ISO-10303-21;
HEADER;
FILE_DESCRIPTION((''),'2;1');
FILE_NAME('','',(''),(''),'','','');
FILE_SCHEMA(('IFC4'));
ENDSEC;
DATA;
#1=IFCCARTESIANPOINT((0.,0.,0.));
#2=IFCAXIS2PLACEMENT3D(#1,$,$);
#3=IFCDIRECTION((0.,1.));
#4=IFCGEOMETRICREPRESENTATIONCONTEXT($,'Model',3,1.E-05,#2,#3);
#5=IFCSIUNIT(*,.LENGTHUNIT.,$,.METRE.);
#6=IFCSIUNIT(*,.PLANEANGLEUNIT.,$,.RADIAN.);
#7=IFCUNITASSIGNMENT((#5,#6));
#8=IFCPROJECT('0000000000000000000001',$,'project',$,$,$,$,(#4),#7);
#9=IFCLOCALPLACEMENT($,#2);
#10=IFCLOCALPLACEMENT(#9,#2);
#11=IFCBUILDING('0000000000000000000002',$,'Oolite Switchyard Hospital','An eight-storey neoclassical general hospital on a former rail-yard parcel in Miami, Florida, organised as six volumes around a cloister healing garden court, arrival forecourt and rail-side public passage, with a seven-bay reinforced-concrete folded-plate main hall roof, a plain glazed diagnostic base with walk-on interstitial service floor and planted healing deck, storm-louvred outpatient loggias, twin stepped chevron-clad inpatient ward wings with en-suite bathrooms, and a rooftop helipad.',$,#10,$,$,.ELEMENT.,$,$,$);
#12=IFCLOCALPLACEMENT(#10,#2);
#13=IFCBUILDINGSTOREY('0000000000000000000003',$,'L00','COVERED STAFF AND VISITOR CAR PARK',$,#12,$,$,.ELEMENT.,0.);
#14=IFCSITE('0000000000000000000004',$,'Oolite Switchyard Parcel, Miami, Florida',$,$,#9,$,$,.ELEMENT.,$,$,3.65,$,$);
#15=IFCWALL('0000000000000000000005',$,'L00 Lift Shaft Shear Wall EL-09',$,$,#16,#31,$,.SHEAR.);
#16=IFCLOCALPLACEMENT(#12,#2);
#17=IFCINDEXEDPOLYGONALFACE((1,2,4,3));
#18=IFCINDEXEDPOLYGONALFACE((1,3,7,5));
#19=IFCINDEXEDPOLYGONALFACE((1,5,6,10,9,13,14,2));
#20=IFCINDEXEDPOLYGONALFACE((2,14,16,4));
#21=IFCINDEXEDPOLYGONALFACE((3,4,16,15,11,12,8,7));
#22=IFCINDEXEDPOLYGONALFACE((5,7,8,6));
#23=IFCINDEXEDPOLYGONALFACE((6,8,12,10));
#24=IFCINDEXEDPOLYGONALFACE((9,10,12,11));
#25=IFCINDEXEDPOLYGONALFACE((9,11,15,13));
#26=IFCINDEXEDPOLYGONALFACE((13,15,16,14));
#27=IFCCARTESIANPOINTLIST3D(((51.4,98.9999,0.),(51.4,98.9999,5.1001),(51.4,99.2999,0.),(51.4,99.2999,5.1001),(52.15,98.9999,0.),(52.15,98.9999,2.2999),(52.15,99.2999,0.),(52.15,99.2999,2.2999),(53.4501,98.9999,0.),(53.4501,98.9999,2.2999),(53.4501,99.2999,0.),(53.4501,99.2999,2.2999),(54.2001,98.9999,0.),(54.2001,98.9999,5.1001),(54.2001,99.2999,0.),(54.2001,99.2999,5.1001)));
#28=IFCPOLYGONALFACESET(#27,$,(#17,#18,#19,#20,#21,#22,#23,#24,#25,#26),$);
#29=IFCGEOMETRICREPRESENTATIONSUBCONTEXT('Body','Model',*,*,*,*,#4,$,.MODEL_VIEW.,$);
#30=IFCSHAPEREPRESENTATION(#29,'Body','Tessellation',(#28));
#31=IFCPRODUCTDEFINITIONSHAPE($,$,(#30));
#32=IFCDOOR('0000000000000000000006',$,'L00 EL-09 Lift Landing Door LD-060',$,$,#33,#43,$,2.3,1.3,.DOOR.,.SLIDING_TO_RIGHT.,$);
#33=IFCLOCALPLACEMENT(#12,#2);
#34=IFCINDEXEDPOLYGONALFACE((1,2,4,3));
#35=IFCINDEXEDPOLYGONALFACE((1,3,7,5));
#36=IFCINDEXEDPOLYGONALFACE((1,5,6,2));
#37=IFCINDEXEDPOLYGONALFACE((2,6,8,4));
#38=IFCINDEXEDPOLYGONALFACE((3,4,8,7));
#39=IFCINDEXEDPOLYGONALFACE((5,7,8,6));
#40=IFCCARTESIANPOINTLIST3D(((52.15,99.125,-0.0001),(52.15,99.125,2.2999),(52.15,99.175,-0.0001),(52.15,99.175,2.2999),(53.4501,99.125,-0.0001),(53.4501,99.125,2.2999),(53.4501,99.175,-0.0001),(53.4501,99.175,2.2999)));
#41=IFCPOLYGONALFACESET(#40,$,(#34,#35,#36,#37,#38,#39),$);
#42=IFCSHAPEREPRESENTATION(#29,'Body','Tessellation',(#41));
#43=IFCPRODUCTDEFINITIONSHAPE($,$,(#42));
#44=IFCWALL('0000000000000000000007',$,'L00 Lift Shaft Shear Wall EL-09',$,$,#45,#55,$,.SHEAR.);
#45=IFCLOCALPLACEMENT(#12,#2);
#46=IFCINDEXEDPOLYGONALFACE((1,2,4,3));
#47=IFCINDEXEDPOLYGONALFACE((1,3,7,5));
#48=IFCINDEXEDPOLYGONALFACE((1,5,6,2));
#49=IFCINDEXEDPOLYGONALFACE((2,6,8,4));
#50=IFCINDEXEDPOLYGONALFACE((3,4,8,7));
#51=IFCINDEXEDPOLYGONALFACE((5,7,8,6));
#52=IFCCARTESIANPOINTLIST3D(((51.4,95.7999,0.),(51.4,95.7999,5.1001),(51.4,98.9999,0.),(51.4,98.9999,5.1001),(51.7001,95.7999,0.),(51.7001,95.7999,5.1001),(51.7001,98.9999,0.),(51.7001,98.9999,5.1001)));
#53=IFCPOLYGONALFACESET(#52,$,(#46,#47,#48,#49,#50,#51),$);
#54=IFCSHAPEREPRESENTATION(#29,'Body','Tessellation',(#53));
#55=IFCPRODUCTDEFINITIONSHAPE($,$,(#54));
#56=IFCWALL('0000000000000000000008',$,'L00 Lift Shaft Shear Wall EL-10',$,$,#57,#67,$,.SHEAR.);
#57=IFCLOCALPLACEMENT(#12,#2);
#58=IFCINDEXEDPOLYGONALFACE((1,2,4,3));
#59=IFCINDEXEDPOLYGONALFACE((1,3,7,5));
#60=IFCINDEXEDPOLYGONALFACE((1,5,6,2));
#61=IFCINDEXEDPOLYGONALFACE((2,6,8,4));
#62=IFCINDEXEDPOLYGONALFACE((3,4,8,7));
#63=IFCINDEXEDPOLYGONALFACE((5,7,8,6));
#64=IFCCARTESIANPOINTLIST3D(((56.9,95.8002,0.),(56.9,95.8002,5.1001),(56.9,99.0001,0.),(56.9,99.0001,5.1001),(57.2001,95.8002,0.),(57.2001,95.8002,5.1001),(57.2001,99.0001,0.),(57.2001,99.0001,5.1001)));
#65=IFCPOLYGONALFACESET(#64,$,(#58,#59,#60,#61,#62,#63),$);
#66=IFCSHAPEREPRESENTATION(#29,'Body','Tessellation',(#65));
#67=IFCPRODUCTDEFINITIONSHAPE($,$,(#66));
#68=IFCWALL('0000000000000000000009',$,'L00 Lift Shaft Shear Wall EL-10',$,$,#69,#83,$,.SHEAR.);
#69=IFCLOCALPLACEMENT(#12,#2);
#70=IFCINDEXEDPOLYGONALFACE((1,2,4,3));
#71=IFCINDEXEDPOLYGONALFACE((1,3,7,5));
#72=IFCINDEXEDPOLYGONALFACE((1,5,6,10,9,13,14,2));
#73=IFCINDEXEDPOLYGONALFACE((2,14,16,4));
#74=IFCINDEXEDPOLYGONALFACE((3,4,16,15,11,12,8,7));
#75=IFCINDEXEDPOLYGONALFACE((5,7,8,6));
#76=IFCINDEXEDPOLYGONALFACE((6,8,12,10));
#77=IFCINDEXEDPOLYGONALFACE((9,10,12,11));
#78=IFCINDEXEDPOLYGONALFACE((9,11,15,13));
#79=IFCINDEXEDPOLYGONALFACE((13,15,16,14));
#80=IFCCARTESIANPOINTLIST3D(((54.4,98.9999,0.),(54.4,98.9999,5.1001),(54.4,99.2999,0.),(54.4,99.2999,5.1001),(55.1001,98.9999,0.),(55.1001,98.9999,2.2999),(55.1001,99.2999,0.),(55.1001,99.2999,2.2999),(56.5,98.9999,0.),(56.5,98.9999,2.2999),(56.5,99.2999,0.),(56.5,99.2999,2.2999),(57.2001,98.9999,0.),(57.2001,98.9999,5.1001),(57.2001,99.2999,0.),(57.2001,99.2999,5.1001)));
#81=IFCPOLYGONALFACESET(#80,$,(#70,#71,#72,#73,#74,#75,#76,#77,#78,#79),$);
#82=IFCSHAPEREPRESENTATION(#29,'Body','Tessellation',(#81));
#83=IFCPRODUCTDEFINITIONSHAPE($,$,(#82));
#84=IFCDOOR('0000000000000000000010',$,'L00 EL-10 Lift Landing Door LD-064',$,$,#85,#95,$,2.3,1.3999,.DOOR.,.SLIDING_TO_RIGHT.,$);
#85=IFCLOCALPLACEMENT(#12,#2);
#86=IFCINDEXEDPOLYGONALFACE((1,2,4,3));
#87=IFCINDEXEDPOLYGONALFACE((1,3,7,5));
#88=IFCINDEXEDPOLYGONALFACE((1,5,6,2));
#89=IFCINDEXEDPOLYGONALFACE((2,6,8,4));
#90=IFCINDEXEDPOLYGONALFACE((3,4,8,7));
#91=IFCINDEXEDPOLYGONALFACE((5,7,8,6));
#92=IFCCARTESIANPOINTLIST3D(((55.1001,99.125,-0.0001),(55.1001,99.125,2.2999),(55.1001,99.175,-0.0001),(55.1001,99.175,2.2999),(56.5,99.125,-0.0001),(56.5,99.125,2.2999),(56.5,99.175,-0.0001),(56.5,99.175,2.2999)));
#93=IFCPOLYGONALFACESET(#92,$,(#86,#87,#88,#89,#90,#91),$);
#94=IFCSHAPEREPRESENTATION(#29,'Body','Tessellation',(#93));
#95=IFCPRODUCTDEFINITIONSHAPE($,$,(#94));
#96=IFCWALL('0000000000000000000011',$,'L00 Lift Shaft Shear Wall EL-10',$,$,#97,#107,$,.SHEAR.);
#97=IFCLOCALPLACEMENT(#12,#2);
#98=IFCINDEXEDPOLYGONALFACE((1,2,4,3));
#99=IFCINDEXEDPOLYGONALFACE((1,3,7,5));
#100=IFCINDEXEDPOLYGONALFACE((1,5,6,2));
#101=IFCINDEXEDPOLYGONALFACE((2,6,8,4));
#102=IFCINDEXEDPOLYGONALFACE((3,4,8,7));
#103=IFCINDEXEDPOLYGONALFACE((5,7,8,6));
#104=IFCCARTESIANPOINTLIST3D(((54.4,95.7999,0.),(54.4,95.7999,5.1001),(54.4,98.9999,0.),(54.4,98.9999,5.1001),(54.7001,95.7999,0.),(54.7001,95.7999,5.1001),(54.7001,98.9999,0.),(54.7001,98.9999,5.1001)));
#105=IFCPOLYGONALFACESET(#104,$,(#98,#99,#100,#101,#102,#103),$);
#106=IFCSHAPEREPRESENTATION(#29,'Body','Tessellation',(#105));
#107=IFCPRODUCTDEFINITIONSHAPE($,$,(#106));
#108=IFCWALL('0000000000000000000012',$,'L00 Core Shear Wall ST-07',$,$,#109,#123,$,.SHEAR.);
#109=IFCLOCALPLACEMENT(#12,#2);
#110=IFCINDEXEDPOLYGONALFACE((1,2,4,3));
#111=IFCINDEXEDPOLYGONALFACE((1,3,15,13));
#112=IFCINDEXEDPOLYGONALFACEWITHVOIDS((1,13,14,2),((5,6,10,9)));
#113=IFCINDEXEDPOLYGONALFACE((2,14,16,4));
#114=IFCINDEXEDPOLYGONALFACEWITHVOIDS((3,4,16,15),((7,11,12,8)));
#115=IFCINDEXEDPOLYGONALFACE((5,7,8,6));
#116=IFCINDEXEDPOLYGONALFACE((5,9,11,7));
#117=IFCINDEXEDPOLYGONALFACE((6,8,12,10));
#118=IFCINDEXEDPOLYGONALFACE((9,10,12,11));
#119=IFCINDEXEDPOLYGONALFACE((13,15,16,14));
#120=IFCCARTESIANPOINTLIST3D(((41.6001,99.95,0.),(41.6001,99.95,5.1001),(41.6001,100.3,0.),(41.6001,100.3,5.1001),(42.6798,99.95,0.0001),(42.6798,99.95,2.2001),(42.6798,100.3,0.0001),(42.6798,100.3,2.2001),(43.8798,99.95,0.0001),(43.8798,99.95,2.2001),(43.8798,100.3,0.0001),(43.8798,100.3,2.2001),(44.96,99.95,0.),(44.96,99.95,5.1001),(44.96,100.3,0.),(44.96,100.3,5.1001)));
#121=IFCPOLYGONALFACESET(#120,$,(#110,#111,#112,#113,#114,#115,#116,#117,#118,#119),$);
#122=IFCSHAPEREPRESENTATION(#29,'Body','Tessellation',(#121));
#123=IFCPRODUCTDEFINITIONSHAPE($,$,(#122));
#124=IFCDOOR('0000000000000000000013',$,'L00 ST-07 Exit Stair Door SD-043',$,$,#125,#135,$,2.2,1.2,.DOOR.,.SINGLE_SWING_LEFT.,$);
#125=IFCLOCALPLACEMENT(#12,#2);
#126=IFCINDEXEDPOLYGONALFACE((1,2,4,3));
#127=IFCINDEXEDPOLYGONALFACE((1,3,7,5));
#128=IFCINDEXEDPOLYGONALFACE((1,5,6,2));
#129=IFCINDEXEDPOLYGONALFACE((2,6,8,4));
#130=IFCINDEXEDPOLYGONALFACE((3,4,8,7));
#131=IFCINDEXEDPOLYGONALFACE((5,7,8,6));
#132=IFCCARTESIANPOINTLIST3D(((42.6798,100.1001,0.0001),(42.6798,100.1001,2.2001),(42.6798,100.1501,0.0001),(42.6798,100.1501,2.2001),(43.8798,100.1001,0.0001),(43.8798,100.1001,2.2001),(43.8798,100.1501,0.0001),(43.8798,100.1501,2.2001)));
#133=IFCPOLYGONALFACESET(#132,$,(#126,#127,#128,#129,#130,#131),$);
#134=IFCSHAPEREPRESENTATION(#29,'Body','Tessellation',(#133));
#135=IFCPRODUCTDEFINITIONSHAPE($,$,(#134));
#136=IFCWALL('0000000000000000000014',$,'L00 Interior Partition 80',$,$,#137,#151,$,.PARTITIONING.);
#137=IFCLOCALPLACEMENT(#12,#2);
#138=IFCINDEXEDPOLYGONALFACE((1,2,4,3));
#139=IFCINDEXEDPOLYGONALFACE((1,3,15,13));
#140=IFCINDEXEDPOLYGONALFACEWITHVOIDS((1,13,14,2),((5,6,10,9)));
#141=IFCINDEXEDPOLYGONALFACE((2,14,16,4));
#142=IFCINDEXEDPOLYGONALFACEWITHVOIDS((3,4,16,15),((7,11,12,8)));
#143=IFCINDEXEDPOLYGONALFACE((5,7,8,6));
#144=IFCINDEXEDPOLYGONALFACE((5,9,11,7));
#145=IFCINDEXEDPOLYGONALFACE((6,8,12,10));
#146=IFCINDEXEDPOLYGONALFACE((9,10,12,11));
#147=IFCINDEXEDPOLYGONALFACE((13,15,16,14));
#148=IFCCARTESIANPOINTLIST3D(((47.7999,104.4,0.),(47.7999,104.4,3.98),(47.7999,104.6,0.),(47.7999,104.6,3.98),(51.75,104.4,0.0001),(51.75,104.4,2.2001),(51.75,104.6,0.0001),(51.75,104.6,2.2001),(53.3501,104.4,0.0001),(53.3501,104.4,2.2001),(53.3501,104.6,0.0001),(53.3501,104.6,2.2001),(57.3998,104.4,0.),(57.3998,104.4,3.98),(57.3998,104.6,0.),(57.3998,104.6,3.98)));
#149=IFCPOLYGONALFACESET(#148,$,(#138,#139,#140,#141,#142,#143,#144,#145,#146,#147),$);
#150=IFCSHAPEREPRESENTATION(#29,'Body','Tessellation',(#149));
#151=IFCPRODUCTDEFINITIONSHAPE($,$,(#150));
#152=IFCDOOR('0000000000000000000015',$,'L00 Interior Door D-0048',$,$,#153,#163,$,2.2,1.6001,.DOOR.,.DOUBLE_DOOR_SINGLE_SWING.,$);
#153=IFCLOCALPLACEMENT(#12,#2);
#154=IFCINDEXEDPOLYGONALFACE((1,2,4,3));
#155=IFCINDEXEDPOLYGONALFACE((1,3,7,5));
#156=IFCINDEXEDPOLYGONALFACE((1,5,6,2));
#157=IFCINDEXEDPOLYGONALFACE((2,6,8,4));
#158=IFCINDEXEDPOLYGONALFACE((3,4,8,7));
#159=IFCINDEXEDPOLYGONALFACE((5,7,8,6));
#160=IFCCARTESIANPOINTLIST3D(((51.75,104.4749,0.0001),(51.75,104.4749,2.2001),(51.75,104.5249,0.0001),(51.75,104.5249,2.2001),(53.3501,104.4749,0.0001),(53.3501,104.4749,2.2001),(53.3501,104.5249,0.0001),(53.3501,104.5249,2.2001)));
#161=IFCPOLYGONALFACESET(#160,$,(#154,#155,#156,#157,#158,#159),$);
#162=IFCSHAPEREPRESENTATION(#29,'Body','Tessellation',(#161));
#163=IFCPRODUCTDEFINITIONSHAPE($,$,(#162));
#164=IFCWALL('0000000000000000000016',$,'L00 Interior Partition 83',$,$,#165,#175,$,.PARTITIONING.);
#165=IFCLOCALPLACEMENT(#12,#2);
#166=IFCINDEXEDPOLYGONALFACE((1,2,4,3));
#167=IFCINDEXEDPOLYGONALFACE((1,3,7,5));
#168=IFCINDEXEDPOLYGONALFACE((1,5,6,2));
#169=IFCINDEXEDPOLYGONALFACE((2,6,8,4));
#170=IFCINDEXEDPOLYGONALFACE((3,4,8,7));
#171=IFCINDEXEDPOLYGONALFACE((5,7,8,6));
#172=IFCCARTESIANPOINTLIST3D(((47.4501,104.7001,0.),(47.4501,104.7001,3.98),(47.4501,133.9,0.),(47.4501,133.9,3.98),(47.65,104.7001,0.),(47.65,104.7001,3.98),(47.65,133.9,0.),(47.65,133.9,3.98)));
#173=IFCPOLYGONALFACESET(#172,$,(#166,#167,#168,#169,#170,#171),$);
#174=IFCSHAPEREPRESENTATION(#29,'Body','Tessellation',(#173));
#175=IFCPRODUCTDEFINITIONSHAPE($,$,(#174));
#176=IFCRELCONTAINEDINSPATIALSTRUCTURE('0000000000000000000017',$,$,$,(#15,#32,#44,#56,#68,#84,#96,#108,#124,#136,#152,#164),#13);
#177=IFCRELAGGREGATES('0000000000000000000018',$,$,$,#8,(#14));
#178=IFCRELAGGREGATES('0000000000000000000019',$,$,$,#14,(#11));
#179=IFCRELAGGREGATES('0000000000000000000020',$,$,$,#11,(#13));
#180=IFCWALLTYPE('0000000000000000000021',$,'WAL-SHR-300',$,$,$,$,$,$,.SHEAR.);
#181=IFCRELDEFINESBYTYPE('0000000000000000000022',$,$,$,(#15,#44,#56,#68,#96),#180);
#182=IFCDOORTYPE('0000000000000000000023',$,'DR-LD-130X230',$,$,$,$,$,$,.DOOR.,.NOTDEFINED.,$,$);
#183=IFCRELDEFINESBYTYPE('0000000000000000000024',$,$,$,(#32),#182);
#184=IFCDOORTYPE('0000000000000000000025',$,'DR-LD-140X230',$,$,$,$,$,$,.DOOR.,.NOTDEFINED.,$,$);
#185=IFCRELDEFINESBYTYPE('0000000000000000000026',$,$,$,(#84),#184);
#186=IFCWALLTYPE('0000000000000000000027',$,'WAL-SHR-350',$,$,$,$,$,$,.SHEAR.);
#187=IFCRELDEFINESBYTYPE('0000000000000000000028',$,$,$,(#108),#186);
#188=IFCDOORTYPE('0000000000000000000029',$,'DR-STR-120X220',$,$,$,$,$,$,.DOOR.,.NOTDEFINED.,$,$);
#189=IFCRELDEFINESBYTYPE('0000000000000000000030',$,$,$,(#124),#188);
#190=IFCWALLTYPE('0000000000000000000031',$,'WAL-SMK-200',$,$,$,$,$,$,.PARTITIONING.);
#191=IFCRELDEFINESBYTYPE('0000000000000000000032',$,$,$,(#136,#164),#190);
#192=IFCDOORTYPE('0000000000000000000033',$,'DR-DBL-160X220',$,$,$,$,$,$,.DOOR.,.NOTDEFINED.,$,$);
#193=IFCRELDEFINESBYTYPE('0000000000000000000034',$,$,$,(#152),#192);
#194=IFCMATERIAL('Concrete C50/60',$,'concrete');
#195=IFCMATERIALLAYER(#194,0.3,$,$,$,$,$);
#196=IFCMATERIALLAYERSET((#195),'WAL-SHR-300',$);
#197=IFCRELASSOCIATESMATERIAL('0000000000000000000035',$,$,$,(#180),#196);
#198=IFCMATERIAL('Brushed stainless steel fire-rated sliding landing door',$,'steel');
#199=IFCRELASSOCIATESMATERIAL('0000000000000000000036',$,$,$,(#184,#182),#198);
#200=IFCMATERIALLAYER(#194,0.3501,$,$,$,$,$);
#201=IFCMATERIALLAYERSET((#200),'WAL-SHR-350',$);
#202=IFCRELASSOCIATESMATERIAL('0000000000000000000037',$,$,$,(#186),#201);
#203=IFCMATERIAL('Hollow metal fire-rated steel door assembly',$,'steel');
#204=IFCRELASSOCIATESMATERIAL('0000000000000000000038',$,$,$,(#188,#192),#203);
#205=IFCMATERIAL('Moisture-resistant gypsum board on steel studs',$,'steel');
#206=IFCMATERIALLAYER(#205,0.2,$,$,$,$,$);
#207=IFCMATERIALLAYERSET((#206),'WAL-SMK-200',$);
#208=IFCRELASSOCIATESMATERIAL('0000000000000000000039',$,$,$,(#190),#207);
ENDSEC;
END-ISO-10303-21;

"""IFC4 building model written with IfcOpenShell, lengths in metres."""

from ifc_helpers import new_model, si_unit, direction, frame, frame_2d, origin, place, context, subcontext, project, spatial, rectangle, extrude, material, layer, layer_set, type_object, element, fill, save


model = new_model("IFC4")

# Units and contexts
model_context = context("Model", 3, precision=1e-05, world=origin(), true_north=direction((0.0, 1.0)))
body_context = subcontext(model_context, "Body", "Model", "MODEL_VIEW")
ifc_project = project(units=[si_unit("LENGTHUNIT", "METRE"), si_unit("PLANEANGLEUNIT", "RADIAN")], contexts=[model_context])

# Site, building, storey
site_placement = place(None, origin())
site = spatial("IfcSite", under=ifc_project, at=site_placement, Name="Oolite Switchyard Parcel, Miami, Florida", CompositionType="ELEMENT", RefElevation=3.65)
building_placement = place(site_placement, origin())
building = spatial("IfcBuilding", under=site, at=building_placement, Name="Oolite Switchyard Hospital", Description="An eight-storey neoclassical general hospital on a former rail-yard parcel in Miami, Florida, organised as six volumes around a cloister healing garden court, arrival forecourt and rail-side public passage, with a seven-bay reinforced-concrete folded-plate main hall roof, a plain glazed diagnostic base with walk-on interstitial service floor and planted healing deck, storm-louvred outpatient loggias, twin stepped chevron-clad inpatient ward wings with en-suite bathrooms, and a rooftop helipad.", CompositionType="ELEMENT")
storey_placement = place(building_placement, origin())
storey = spatial("IfcBuildingStorey", under=building, at=storey_placement, Name="L00", Description="COVERED STAFF AND VISITOR CAR PARK", CompositionType="ELEMENT", Elevation=0.0)

# Shared definitions
ifc_material_1 = material(Name="Concrete C50/60", Category="concrete")

# Shared definitions
ifc_layer_1 = layer(ifc_material_1, 0.3)
ifc_layer_set_1 = layer_set([ifc_layer_1], Name="WAL-SHR-300")
wall_type_1 = type_object("IfcWallType", Name="WAL-SHR-300", PredefinedType="SHEAR", material=ifc_layer_set_1)

# Shared definitions
ifc_material_2 = material(Name="Brushed stainless steel fire-rated sliding landing door", Category="steel")
door_type_1 = type_object("IfcDoorType", Name="DR-LD-140X230", OperationType="NOTDEFINED", PredefinedType="DOOR", material=ifc_material_2)

# Wall, opening, door
wall_1_placement = place(storey_placement, frame((54.2, 99.1499, 0.0), z_axis=(0.0, 0.0, 1.0), x_axis=(-1.0, 0.0, 0.0)))
wall_1 = element("IfcWall", 1, at=wall_1_placement, inside=storey, type_object=wall_type_1, Name="L00 Lift Shaft Shear Wall EL-09", PredefinedType="SHEAR", context=body_context, shape_type="SweptSolid", body=[
    extrude(rectangle(XDim=2.8, YDim=0.3, at=frame_2d((1.3999, 0.0))), origin(), (0.0, 0.0, 1.0), 5.1001),
])
opening_1_placement = place(wall_1_placement, frame((0.75, 0.0, 0.0)))
opening_1 = element("IfcOpeningElement", 2, at=opening_1_placement, cuts=wall_1, PredefinedType="OPENING", context=body_context, shape_type="SweptSolid", body=[
    extrude(rectangle(XDim=1.3, YDim=2.3, at=frame_2d((0.6499, 1.1499))), frame((0.0, 0.1602, 0.0), z_axis=(0.0, -1.0, 0.0), x_axis=(1.0, 0.0, 0.0)), (0.0, 0.0, 1.0), 0.3201),
])
door_type_2 = type_object("IfcDoorType", Name="DR-LD-130X230", OperationType="NOTDEFINED", PredefinedType="DOOR", material=ifc_material_2)
door_1_placement = place(opening_1_placement, origin())
door_1 = element("IfcDoor", 3, at=door_1_placement, inside=storey, type_object=door_type_2, Name="L00 EL-09 Lift Landing Door LD-060", OperationType="SLIDING_TO_RIGHT", OverallHeight=2.3, OverallWidth=1.3, PredefinedType="DOOR", context=body_context, shape_type="SweptSolid", body=[
    extrude(rectangle(XDim=1.3, YDim=2.3, at=frame_2d((0.6499, 1.1499))), frame((0.0, 0.0249, 0.0), z_axis=(0.0, -1.0, 0.0), x_axis=(1.0, 0.0, 0.0)), (0.0, 0.0, 1.0), 0.05),
])
fill(opening_1, door_1)

# Walls
for number, where, z_axis, x_axis, name in (
    (4, (51.55, 99.0, 0.0), (0.0, 0.0, 1.0), (0.0, -1.0, 0.0), "L00 Lift Shaft Shear Wall EL-09"),
    (5, (57.05, 95.8, 0.0), (0.0, 0.0, 1.0), (0.0, 1.0, 0.0), "L00 Lift Shaft Shear Wall EL-10"),
):
    element("IfcWall", number, at=place(storey_placement, frame(where, z_axis=z_axis, x_axis=x_axis)), inside=storey, type_object=wall_type_1, Name=name, PredefinedType="SHEAR", context=body_context, shape_type="SweptSolid", body=[
        extrude(rectangle(XDim=3.2, YDim=0.3, at=frame_2d((1.6001, 0.0))), origin(), (0.0, 0.0, 1.0), 5.1001),
    ])

# Wall, opening, door
wall_2_placement = place(storey_placement, frame((57.2, 99.1499, 0.0), z_axis=(0.0, 0.0, 1.0), x_axis=(-1.0, 0.0, 0.0)))
wall_2 = element("IfcWall", 6, at=wall_2_placement, inside=storey, type_object=wall_type_1, Name="L00 Lift Shaft Shear Wall EL-10", PredefinedType="SHEAR", context=body_context, shape_type="SweptSolid", body=[
    extrude(rectangle(XDim=2.8, YDim=0.3, at=frame_2d((1.3999, 0.0))), origin(), (0.0, 0.0, 1.0), 5.1001),
])
opening_2_placement = place(wall_2_placement, frame((0.7, 0.0, 0.0)))
opening_2 = element("IfcOpeningElement", 7, at=opening_2_placement, cuts=wall_2, PredefinedType="OPENING", context=body_context, shape_type="SweptSolid", body=[
    extrude(rectangle(XDim=1.3999, YDim=2.3, at=frame_2d((0.7, 1.1499))), frame((0.0, 0.1602, 0.0), z_axis=(0.0, -1.0, 0.0), x_axis=(1.0, 0.0, 0.0)), (0.0, 0.0, 1.0), 0.3201),
])
door_2_placement = place(opening_2_placement, origin())
door_2 = element("IfcDoor", 8, at=door_2_placement, inside=storey, type_object=door_type_1, Name="L00 EL-10 Lift Landing Door LD-064", OperationType="SLIDING_TO_RIGHT", OverallHeight=2.3, OverallWidth=1.3999, PredefinedType="DOOR", context=body_context, shape_type="SweptSolid", body=[
    extrude(rectangle(XDim=1.3999, YDim=2.3, at=frame_2d((0.7, 1.1499))), frame((0.0, 0.0249, 0.0), z_axis=(0.0, -1.0, 0.0), x_axis=(1.0, 0.0, 0.0)), (0.0, 0.0, 1.0), 0.05),
])
fill(opening_2, door_2)

# Wall
wall_3_placement = place(storey_placement, frame((54.55, 99.0, 0.0), z_axis=(0.0, 0.0, 1.0), x_axis=(0.0, -1.0, 0.0)))
element("IfcWall", 9, at=wall_3_placement, inside=storey, type_object=wall_type_1, Name="L00 Lift Shaft Shear Wall EL-10", PredefinedType="SHEAR", context=body_context, shape_type="SweptSolid", body=[
    extrude(rectangle(XDim=3.2, YDim=0.3, at=frame_2d((1.6001, 0.0))), origin(), (0.0, 0.0, 1.0), 5.1001),
])

# Walls, openings, doors
ifc_layer_2 = layer(ifc_material_1, 0.3501)
ifc_layer_set_2 = layer_set([ifc_layer_2], Name="WAL-SHR-350")
wall_type_2 = type_object("IfcWallType", Name="WAL-SHR-350", PredefinedType="SHEAR", material=ifc_layer_set_2)
wall_4_placement = place(storey_placement, frame((44.96, 100.125, 0.0), z_axis=(0.0, 0.0, 1.0), x_axis=(-1.0, 0.0, 0.0)))
wall_4 = element("IfcWall", 10, at=wall_4_placement, inside=storey, type_object=wall_type_2, Name="L00 Core Shear Wall ST-07", PredefinedType="SHEAR", context=body_context, shape_type="SweptSolid", body=[
    extrude(rectangle(XDim=3.3599, YDim=0.3501, at=frame_2d((1.6799, 0.0))), origin(), (0.0, 0.0, 1.0), 5.1001),
])
opening_3_placement = place(wall_4_placement, frame((1.0801, 0.0, 0.0)))
opening_3 = element("IfcOpeningElement", 11, at=opening_3_placement, cuts=wall_4, PredefinedType="OPENING", context=body_context, shape_type="SweptSolid", body=[
    extrude(rectangle(XDim=1.2, YDim=2.2, at=frame_2d((0.6001, 1.1001))), frame((0.0, 0.1851, 0.0), z_axis=(0.0, -1.0, 0.0), x_axis=(1.0, 0.0, 0.0)), (0.0, 0.0, 1.0), 0.3701),
])
ifc_material_3 = material(Name="Hollow metal fire-rated steel door assembly", Category="steel")
door_type_3 = type_object("IfcDoorType", Name="DR-STR-120X220", OperationType="NOTDEFINED", PredefinedType="DOOR", material=ifc_material_3)
door_3_placement = place(opening_3_placement, origin())
door_3 = element("IfcDoor", 12, at=door_3_placement, inside=storey, type_object=door_type_3, Name="L00 ST-07 Exit Stair Door SD-043", OperationType="SINGLE_SWING_LEFT", OverallHeight=2.2, OverallWidth=1.2, PredefinedType="DOOR", context=body_context, shape_type="SweptSolid", body=[
    extrude(rectangle(XDim=1.2, YDim=2.2, at=frame_2d((0.6001, 1.1001))), frame((0.0, 0.0249, 0.0), z_axis=(0.0, -1.0, 0.0), x_axis=(1.0, 0.0, 0.0)), (0.0, 0.0, 1.0), 0.05),
])
fill(opening_3, door_3)
ifc_material_4 = material(Name="Moisture-resistant gypsum board on steel studs", Category="steel")
ifc_layer_3 = layer(ifc_material_4, 0.2)
ifc_layer_set_3 = layer_set([ifc_layer_3], Name="WAL-SMK-200")
wall_type_3 = type_object("IfcWallType", Name="WAL-SMK-200", PredefinedType="PARTITIONING", material=ifc_layer_set_3)
wall_5_placement = place(storey_placement, frame((47.8, 104.5, 0.0), z_axis=(0.0, 0.0, 1.0), x_axis=(1.0, 0.0, 0.0)))
wall_5 = element("IfcWall", 13, at=wall_5_placement, inside=storey, type_object=wall_type_3, Name="L00 Interior Partition 80", PredefinedType="PARTITIONING", context=body_context, shape_type="SweptSolid", body=[
    extrude(rectangle(XDim=9.5999, YDim=0.2, at=frame_2d((4.7998, 0.0))), origin(), (0.0, 0.0, 1.0), 3.98),
])
opening_4_placement = place(wall_5_placement, frame((3.95, 0.0, 0.0)))
opening_4 = element("IfcOpeningElement", 14, at=opening_4_placement, cuts=wall_5, PredefinedType="OPENING", context=body_context, shape_type="SweptSolid", body=[
    extrude(rectangle(XDim=1.6001, YDim=2.2, at=frame_2d((0.8, 1.1001))), frame((0.0, 0.1099, 0.0), z_axis=(0.0, -1.0, 0.0), x_axis=(1.0, 0.0, 0.0)), (0.0, 0.0, 1.0), 0.22),
])
door_type_4 = type_object("IfcDoorType", Name="DR-DBL-160X220", OperationType="NOTDEFINED", PredefinedType="DOOR", material=ifc_material_3)
door_4_placement = place(opening_4_placement, origin())
door_4 = element("IfcDoor", 15, at=door_4_placement, inside=storey, type_object=door_type_4, Name="L00 Interior Door D-0048", OperationType="DOUBLE_DOOR_SINGLE_SWING", OverallHeight=2.2, OverallWidth=1.6001, PredefinedType="DOOR", context=body_context, shape_type="SweptSolid", body=[
    extrude(rectangle(XDim=1.6001, YDim=2.2, at=frame_2d((0.8, 1.1001))), frame((0.0, 0.0249, 0.0), z_axis=(0.0, -1.0, 0.0), x_axis=(1.0, 0.0, 0.0)), (0.0, 0.0, 1.0), 0.05),
])
fill(opening_4, door_4)

# Wall
wall_6_placement = place(storey_placement, frame((47.55, 104.7, 0.0), z_axis=(0.0, 0.0, 1.0), x_axis=(0.0, 1.0, 0.0)))
element("IfcWall", 16, at=wall_6_placement, inside=storey, type_object=wall_type_3, Name="L00 Interior Partition 83", PredefinedType="PARTITIONING", context=body_context, shape_type="SweptSolid", body=[
    extrude(rectangle(XDim=29.2, YDim=0.2, at=frame_2d((14.6001, 0.0))), origin(), (0.0, 0.0, 1.0), 3.98),
])

save(model, "model.ifc")
